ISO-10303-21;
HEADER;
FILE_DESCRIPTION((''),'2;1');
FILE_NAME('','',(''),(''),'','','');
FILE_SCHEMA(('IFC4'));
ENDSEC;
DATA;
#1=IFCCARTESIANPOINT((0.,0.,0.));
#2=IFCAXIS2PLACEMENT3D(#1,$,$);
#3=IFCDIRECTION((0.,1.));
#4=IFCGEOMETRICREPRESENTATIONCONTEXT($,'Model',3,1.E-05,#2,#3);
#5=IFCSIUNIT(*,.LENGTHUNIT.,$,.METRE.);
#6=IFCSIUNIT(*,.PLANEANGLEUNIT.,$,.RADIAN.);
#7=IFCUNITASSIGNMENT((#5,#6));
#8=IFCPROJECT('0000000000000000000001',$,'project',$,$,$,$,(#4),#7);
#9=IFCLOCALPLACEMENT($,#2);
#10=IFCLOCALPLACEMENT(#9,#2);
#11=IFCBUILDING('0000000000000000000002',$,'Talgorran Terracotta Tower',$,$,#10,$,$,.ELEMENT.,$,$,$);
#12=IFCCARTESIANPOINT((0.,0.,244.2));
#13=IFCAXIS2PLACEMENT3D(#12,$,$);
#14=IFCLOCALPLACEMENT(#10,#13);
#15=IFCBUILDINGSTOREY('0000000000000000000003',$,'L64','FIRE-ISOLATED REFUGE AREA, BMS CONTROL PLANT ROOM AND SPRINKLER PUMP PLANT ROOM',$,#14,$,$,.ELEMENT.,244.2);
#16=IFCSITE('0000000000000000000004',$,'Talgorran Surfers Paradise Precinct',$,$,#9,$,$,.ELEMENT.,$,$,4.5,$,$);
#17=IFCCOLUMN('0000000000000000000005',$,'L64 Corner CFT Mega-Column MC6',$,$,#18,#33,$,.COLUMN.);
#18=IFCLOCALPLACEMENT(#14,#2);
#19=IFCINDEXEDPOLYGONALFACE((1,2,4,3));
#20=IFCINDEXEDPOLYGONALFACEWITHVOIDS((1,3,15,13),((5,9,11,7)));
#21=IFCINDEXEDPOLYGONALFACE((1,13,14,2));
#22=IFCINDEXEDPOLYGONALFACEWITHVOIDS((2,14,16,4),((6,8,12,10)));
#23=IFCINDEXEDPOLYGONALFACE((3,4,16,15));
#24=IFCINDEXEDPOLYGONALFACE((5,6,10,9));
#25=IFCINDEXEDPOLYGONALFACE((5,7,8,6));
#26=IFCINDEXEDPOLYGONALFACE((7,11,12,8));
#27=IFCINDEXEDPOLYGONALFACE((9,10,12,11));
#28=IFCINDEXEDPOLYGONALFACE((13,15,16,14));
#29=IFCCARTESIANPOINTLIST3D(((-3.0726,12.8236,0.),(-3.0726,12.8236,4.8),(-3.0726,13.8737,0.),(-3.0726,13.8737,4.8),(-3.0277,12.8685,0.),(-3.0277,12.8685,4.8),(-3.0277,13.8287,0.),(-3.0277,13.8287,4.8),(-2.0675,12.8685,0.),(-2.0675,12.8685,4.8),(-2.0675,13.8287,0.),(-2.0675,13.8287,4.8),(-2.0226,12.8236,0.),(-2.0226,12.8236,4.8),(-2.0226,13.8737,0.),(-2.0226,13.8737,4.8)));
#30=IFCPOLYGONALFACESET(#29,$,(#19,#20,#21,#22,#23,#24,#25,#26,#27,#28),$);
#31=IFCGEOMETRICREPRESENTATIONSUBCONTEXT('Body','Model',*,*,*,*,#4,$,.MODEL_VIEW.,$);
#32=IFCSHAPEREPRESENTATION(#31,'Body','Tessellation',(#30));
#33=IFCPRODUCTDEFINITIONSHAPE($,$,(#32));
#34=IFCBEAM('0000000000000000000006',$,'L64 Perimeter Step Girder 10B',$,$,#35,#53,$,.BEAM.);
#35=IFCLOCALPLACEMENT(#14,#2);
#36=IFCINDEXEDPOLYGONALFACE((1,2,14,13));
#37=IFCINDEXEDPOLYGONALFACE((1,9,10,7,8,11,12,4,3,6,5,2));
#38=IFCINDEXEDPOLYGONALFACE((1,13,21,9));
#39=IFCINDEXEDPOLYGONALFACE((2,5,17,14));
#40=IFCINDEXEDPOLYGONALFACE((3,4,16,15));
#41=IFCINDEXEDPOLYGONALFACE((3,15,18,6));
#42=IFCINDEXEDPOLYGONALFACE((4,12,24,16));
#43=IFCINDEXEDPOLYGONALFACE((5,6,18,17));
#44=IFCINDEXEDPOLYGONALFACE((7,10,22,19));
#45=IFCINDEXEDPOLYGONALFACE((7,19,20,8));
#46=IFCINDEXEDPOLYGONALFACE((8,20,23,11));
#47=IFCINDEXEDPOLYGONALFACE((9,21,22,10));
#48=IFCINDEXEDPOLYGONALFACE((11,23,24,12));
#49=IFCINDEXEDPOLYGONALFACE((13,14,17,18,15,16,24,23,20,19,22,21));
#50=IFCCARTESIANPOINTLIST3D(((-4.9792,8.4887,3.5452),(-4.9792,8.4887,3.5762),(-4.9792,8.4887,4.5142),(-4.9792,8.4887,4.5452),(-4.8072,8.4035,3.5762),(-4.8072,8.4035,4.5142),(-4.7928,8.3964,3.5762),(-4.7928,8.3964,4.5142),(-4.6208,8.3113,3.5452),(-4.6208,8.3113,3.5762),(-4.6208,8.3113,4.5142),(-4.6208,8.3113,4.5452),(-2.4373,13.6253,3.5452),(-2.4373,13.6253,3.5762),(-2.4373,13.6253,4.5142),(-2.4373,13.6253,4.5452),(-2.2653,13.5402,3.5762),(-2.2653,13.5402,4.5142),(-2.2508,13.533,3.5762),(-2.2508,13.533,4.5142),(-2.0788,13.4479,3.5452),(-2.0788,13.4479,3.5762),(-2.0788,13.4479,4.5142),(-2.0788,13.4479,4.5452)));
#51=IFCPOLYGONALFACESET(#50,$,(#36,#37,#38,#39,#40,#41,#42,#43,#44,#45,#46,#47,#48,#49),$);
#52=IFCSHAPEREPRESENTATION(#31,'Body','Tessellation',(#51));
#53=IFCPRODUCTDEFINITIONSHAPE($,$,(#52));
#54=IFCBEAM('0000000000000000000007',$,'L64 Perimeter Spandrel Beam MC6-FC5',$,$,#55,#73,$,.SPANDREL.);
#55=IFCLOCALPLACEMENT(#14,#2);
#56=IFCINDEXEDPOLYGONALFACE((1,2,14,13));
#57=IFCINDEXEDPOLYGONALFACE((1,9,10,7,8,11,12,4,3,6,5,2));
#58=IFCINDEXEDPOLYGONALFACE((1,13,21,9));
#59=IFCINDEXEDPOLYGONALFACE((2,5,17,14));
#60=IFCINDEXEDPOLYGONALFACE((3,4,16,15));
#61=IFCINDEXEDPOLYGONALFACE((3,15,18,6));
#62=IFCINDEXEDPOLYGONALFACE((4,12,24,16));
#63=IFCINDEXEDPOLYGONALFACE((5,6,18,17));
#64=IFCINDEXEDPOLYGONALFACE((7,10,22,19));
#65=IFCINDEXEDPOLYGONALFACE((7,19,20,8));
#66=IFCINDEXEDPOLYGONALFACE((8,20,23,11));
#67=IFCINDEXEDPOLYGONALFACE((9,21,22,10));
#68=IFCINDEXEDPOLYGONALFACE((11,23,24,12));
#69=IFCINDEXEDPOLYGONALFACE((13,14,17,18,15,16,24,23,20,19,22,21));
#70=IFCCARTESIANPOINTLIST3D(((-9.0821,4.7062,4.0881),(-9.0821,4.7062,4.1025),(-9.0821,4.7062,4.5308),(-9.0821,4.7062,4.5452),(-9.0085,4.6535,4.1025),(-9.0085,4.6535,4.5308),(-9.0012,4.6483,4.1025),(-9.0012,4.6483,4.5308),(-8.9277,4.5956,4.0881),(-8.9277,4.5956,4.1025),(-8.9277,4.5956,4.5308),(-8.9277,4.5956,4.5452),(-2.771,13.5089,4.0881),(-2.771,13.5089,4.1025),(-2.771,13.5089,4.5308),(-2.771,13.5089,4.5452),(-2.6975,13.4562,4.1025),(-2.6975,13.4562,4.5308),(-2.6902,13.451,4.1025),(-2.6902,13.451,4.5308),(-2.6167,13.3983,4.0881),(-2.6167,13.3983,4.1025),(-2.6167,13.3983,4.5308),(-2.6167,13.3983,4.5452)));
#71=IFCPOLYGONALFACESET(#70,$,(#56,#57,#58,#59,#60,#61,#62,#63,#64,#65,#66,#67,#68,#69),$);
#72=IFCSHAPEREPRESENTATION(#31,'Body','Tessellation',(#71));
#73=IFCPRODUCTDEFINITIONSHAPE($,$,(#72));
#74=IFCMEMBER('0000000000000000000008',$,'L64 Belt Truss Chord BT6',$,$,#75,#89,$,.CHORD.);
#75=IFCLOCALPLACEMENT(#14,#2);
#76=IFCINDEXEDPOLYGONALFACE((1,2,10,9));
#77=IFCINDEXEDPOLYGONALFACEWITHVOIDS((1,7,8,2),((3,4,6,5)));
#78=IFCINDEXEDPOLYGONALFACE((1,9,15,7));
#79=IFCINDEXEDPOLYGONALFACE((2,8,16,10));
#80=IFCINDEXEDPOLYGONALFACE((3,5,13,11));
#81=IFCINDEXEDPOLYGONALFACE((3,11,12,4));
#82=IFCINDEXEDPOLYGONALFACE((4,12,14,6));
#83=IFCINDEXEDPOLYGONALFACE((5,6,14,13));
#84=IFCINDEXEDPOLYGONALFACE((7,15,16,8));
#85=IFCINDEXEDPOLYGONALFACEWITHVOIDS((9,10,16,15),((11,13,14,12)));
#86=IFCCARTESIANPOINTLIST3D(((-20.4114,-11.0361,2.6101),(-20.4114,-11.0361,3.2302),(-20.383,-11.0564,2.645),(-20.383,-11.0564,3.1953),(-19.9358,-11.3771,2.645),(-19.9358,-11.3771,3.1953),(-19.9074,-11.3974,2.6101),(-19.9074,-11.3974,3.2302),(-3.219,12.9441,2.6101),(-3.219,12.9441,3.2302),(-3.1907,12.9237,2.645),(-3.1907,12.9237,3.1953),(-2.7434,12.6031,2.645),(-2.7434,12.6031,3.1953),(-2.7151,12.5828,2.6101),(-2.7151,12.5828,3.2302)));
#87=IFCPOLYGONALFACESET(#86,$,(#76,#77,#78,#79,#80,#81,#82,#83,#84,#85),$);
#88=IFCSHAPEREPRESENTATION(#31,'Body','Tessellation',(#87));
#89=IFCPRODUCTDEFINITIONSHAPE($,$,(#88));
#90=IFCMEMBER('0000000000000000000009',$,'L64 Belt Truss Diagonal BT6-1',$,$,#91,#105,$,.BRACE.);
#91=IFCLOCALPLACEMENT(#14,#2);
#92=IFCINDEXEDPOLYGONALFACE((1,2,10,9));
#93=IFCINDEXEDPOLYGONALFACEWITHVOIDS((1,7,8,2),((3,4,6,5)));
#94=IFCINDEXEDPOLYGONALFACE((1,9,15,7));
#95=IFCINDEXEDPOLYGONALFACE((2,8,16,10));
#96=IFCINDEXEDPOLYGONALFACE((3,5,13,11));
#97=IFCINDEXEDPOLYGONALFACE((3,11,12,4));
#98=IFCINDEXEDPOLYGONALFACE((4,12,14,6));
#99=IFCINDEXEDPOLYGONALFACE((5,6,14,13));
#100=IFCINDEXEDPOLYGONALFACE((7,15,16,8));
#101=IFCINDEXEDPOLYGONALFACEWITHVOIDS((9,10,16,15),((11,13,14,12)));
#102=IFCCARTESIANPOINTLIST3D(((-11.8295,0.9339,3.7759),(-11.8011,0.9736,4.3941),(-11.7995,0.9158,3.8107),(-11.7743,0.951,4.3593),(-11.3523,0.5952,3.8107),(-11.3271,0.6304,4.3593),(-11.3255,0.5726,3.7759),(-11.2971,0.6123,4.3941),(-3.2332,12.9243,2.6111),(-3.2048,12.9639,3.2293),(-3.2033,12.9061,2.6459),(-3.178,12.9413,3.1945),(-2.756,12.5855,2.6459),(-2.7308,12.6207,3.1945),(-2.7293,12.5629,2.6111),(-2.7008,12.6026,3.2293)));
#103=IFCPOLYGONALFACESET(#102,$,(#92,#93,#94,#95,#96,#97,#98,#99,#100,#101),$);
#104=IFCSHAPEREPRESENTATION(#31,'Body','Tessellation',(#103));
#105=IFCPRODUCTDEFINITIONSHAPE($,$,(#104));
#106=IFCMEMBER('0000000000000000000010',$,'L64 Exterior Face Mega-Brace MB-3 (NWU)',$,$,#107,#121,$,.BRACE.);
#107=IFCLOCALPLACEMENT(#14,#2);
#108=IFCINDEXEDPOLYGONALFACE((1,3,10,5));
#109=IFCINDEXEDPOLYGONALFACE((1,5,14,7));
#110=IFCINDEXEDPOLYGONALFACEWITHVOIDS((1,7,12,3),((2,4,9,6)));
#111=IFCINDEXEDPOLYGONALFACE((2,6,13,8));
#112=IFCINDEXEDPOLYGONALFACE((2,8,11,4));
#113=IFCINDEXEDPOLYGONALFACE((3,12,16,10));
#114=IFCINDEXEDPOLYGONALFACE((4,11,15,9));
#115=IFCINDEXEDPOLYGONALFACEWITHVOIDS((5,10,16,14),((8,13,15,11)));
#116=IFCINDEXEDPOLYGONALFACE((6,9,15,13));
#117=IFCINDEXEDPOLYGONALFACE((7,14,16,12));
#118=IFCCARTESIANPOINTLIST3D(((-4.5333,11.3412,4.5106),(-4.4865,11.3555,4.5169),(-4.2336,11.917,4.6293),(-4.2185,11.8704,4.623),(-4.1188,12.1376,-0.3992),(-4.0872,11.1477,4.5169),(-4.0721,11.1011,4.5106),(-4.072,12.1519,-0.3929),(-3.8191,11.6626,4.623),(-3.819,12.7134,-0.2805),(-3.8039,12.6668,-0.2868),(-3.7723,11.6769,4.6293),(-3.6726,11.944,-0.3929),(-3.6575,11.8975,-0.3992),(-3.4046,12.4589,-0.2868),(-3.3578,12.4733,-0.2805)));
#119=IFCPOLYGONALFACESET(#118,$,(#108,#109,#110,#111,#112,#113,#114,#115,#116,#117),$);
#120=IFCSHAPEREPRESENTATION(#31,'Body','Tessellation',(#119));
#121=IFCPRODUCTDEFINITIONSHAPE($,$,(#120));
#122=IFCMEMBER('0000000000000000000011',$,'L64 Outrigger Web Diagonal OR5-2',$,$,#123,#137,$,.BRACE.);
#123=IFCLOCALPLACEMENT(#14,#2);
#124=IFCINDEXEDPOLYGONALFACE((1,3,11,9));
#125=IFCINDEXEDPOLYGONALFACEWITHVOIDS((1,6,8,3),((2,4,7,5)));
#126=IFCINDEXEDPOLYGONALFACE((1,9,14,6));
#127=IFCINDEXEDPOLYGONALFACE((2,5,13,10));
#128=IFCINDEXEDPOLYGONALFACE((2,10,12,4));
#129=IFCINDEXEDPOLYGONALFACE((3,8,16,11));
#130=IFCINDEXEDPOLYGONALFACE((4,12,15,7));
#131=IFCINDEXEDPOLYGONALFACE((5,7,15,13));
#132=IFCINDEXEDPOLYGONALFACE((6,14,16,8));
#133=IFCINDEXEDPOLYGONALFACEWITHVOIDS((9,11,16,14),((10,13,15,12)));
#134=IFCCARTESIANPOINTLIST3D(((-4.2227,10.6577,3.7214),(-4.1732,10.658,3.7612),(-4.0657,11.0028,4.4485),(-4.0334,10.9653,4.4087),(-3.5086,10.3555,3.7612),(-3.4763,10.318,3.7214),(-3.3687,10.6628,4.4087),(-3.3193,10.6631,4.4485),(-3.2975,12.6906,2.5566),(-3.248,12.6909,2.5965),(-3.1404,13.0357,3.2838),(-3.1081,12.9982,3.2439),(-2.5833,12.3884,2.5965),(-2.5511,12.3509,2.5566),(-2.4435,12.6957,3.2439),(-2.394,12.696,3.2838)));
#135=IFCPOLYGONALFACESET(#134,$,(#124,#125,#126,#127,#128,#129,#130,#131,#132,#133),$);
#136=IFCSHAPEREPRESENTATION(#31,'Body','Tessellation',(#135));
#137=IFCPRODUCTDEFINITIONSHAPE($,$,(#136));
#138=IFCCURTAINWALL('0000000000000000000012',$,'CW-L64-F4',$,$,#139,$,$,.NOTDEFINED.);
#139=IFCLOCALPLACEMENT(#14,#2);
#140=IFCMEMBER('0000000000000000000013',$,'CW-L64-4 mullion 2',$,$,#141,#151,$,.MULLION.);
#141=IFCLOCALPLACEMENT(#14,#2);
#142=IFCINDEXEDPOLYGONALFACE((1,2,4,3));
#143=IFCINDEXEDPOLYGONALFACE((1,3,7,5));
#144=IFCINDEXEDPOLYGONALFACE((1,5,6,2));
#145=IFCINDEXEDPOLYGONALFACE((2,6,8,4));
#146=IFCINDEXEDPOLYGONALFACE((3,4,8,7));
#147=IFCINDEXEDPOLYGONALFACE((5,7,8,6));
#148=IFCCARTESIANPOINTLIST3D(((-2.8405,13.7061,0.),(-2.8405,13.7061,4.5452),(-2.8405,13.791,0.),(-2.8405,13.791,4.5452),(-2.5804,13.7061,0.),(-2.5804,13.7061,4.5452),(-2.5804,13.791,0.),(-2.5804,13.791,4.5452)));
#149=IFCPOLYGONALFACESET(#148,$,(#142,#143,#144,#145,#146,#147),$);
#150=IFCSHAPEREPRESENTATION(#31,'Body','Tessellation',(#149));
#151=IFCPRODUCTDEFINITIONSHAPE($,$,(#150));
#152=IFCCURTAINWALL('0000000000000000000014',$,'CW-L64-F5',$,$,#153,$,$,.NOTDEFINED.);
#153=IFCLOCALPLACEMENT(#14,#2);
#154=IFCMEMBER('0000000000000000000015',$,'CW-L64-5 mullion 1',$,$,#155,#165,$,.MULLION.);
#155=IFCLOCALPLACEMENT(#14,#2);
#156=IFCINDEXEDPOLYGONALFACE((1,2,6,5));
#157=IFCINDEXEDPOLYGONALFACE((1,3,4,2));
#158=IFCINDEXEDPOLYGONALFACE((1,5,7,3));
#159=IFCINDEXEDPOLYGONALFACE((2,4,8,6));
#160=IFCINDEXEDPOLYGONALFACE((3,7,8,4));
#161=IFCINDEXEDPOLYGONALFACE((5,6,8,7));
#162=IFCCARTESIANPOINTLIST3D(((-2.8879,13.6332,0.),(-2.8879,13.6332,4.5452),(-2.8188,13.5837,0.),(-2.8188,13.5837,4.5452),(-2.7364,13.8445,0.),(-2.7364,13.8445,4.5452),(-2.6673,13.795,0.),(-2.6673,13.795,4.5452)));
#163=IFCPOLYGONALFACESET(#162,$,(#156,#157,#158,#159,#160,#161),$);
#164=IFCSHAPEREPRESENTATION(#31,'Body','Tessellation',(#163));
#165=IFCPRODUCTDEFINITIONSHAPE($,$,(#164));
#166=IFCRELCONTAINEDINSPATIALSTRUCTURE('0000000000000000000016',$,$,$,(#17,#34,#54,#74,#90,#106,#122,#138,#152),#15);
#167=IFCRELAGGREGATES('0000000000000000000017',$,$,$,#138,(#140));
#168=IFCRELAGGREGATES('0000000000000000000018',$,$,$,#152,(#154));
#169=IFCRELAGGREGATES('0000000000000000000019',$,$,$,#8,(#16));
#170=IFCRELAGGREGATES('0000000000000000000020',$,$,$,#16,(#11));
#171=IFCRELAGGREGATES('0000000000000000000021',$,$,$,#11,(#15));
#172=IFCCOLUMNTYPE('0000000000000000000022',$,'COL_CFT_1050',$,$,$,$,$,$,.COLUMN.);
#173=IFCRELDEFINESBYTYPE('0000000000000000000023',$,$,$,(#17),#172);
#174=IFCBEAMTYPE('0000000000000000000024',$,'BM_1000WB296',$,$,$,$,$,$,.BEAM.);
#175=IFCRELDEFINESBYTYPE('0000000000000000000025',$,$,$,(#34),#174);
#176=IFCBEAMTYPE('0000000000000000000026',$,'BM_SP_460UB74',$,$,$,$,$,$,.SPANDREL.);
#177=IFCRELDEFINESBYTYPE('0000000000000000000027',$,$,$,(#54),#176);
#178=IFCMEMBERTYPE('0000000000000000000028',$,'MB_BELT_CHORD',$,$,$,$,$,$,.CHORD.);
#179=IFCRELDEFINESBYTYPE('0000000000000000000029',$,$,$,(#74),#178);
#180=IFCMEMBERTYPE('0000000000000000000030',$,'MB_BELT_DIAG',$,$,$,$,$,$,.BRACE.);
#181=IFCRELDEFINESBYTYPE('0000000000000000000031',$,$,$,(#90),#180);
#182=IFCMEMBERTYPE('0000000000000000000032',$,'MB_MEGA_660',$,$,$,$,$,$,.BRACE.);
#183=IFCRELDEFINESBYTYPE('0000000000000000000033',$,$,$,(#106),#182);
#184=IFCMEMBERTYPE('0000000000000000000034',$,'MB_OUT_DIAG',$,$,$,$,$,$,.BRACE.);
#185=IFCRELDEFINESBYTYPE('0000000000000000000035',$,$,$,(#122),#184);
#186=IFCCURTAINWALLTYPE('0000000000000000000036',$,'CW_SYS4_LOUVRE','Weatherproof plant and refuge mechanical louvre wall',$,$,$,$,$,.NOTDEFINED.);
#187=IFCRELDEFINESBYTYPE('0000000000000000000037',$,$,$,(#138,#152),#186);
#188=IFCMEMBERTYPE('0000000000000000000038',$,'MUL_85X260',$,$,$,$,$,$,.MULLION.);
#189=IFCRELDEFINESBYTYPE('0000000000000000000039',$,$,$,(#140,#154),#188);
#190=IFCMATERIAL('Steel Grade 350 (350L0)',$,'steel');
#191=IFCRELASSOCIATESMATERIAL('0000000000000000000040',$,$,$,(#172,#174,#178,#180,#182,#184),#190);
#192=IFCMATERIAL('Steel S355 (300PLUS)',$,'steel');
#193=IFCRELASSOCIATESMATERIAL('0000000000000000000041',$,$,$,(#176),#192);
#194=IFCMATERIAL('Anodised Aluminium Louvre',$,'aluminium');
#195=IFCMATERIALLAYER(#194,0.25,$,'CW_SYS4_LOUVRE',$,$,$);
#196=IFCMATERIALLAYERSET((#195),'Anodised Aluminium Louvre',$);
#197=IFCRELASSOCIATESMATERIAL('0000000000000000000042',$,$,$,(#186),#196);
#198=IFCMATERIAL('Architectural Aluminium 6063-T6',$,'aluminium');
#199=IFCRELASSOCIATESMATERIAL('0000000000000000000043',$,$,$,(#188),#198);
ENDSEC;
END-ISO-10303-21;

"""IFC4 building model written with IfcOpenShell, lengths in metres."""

from ifc_helpers import new_model, si_unit, direction, frame, origin, origin_2d, place, context, subcontext, project, spatial, rectangle, hollow_rectangle, i_section, extrude, material, layer, layer_set, material_profile, profile_set, type_object, element, aggregate, save


model = new_model("IFC4")

# Units and contexts
model_context = context("Model", 3, precision=1e-05, world=origin(), true_north=direction((0.0, 1.0)))
body_context = subcontext(model_context, "Body", "Model", "MODEL_VIEW")
ifc_project = project(units=[si_unit("LENGTHUNIT", "METRE"), si_unit("PLANEANGLEUNIT", "RADIAN")], contexts=[model_context])

# Site, building, storey
site_placement = place(None, origin())
site = spatial("IfcSite", under=ifc_project, at=site_placement, Name="Talgorran Surfers Paradise Precinct", CompositionType="ELEMENT", RefElevation=4.5)
building_placement = place(site_placement, origin())
building = spatial("IfcBuilding", under=site, at=building_placement, Name="Talgorran Terracotta Tower", CompositionType="ELEMENT")
storey_placement = place(building_placement, frame((0.0, 0.0, 244.2)))
storey = spatial("IfcBuildingStorey", under=building, at=storey_placement, Name="L64", Description="FIRE-ISOLATED REFUGE AREA, BMS CONTROL PLANT ROOM AND SPRINKLER PUMP PLANT ROOM", CompositionType="ELEMENT", Elevation=244.2)

# Column
ifc_material_1 = material(Name="Steel Grade 350 (350L0)", Category="steel")
ifc_material_profile_1 = material_profile(ifc_material_1, hollow_rectangle(XDim=1.05, YDim=1.05, WallThickness=0.0449, at=origin_2d()), Name="CFT1050X1050X45")
ifc_profile_set_1 = profile_set([ifc_material_profile_1], Name="Steel Grade 350 (350L0)")
column_type = type_object("IfcColumnType", Name="COL_CFT_1050", PredefinedType="COLUMN", material=ifc_profile_set_1)
column_placement = place(storey_placement, frame((-2.5476, 13.3486, 0.0), z_axis=(0.0, 0.0, 1.0), x_axis=(1.0, 0.0, 0.0)))
element("IfcColumn", 1, at=column_placement, inside=storey, type_object=column_type, Name="L64 Corner CFT Mega-Column MC6", PredefinedType="COLUMN", context=body_context, shape_type="SweptSolid", body=[
    extrude(hollow_rectangle(XDim=1.05, YDim=1.05, WallThickness=0.0449, at=origin_2d()), origin(), (0.0, 0.0, 1.0), 4.8),
])

# Beams
ifc_material_profile_2 = material_profile(ifc_material_1, i_section(OverallWidth=0.3999, OverallDepth=1.0, WebThickness=0.0161, FlangeThickness=0.031, at=origin_2d()), Name="1000WB296")
ifc_profile_set_2 = profile_set([ifc_material_profile_2], Name="Steel Grade 350 (350L0)")
beam_type_1 = type_object("IfcBeamType", Name="BM_1000WB296", PredefinedType="BEAM", material=ifc_profile_set_2)
beam_1_placement = place(storey_placement, frame((-2.2581, 13.5366, 4.0452), z_axis=(-0.443529, -0.89626, 0.0), x_axis=(0.89626, -0.443529, 0.0)))
element("IfcBeam", 2, at=beam_1_placement, inside=storey, type_object=beam_type_1, Name="L64 Perimeter Step Girder 10B", PredefinedType="BEAM", context=body_context, shape_type="SweptSolid", body=[
    extrude(i_section(OverallWidth=0.3999, OverallDepth=1.0, WebThickness=0.0161, FlangeThickness=0.031, at=origin_2d()), origin(), (0.0, 0.0, 1.0), 5.7312),
])
ifc_material_2 = material(Name="Steel S355 (300PLUS)", Category="steel")
ifc_material_profile_3 = material_profile(ifc_material_2, i_section(OverallWidth=0.1899, OverallDepth=0.457, WebThickness=0.009, FlangeThickness=0.0144, at=origin_2d()), Name="460UB74.6")
ifc_profile_set_3 = profile_set([ifc_material_profile_3], Name="Steel S355 (300PLUS)")
beam_type_2 = type_object("IfcBeamType", Name="BM_SP_460UB74", PredefinedType="SPANDREL", material=ifc_profile_set_3)
beam_2_placement = place(storey_placement, frame((-2.6938, 13.4536, 4.3167), z_axis=(-0.582666, -0.812712, 0.0), x_axis=(0.812712, -0.582666, 0.0)))
element("IfcBeam", 3, at=beam_2_placement, inside=storey, type_object=beam_type_2, Name="L64 Perimeter Spandrel Beam MC6-FC5", PredefinedType="SPANDREL", context=body_context, shape_type="SweptSolid", body=[
    extrude(i_section(OverallWidth=0.1899, OverallDepth=0.457, WebThickness=0.009, FlangeThickness=0.0144, at=origin_2d()), origin(), (0.0, 0.0, 1.0), 10.8313),
])

# Members
ifc_material_profile_4 = material_profile(ifc_material_1, hollow_rectangle(XDim=0.6201, YDim=0.6201, WallThickness=0.0349, at=origin_2d()), Name="WBOX620X620X35")
ifc_profile_set_4 = profile_set([ifc_material_profile_4], Name="Steel Grade 350 (350L0)")
member_type_1 = type_object("IfcMemberType", Name="MB_BELT_CHORD", PredefinedType="CHORD", material=ifc_profile_set_4)
member_1_placement = place(storey_placement, frame((-2.967, 12.7634, 2.9202), z_axis=(-0.582666, -0.812712, 0.0), x_axis=(0.812712, -0.582666, 0.0)))
element("IfcMember", 4, at=member_1_placement, inside=storey, type_object=member_type_1, Name="L64 Belt Truss Chord BT6", PredefinedType="CHORD", context=body_context, shape_type="SweptSolid", body=[
    extrude(hollow_rectangle(XDim=0.6201, YDim=0.6201, WallThickness=0.0349, at=origin_2d()), origin(), (0.0, 0.0, 1.0), 29.5063),
])
ifc_material_profile_5 = material_profile(ifc_material_1, hollow_rectangle(XDim=0.6201, YDim=0.6201, WallThickness=0.0349, at=origin_2d()), Name="WBOX620X620X35")
ifc_profile_set_5 = profile_set([ifc_material_profile_5], Name="Steel Grade 350 (350L0)")
member_type_2 = type_object("IfcMemberType", Name="MB_BELT_DIAG", PredefinedType="BRACE", material=ifc_profile_set_5)
member_2_placement = place(storey_placement, frame((-2.967, 12.7634, 2.9202), z_axis=(-0.580854, -0.810194, 0.078706), x_axis=(0.812715, -0.582662, 0.0)))
element("IfcMember", 5, at=member_2_placement, inside=storey, type_object=member_type_2, Name="L64 Belt Truss Diagonal BT6-1", PredefinedType="BRACE", context=body_context, shape_type="SweptSolid", body=[
    extrude(hollow_rectangle(XDim=0.6201, YDim=0.6201, WallThickness=0.0349, at=origin_2d()), origin(), (0.0, 0.0, 1.0), 14.7993),
])
ifc_material_profile_6 = material_profile(ifc_material_1, hollow_rectangle(XDim=0.52, YDim=0.6599, WallThickness=0.0349, at=origin_2d()), Name="WBOX660X520X35")
ifc_profile_set_6 = profile_set([ifc_material_profile_6], Name="Steel Grade 350 (350L0)")
member_type_3 = type_object("IfcMemberType", Name="MB_MEGA_660", PredefinedType="BRACE", material=ifc_profile_set_6)
member_3_placement = place(storey_placement, frame((-3.7383, 12.3054, -0.3398), z_axis=(-0.083054, -0.159554, 0.983689), x_axis=(0.887021, -0.461729, 0.0)))
element("IfcMember", 6, at=member_3_placement, inside=storey, type_object=member_type_3, Name="L64 Exterior Face Mega-Brace MB-3 (NWU)", PredefinedType="BRACE", context=body_context, shape_type="SweptSolid", body=[
    extrude(hollow_rectangle(XDim=0.52, YDim=0.6599, WallThickness=0.0349, at=origin_2d()), origin(), (0.0, 0.0, 1.0), 4.9912),
])
ifc_material_profile_7 = material_profile(ifc_material_1, hollow_rectangle(XDim=0.8201, YDim=0.8201, WallThickness=0.0449, at=origin_2d()), Name="WBOX820X820X45")
ifc_profile_set_7 = profile_set([ifc_material_profile_7], Name="Steel Grade 350 (350L0)")
member_type_4 = type_object("IfcMemberType", Name="MB_OUT_DIAG", PredefinedType="BRACE", material=ifc_profile_set_7)
member_4_placement = place(storey_placement, frame((-3.771, 10.6604, 4.085), z_axis=(0.367312, 0.80702, -0.462386), x_axis=(-0.91016, 0.414256, 0.0)))
element("IfcMember", 7, at=member_4_placement, inside=storey, type_object=member_type_4, Name="L64 Outrigger Web Diagonal OR5-2", PredefinedType="BRACE", context=body_context, shape_type="SweptSolid", body=[
    extrude(hollow_rectangle(XDim=0.8201, YDim=0.8201, WallThickness=0.0449, at=origin_2d()), origin(), (0.0, 0.0, 1.0), 2.519),
])

# Curtain wall, member
ifc_material_3 = material(Name="Anodised Aluminium Louvre", Category="aluminium")
ifc_layer_1 = layer(ifc_material_3, 0.25, Name="CW_SYS4_LOUVRE")
ifc_layer_set_1 = layer_set([ifc_layer_1], Name="Anodised Aluminium Louvre")
curtain_wall_type = type_object("IfcCurtainWallType", Name="CW_SYS4_LOUVRE", Description="Weatherproof plant and refuge mechanical louvre wall", PredefinedType="NOTDEFINED", material=ifc_layer_set_1)
curtain_wall_1_placement = place(storey_placement, origin())
curtain_wall_1 = element("IfcCurtainWall", 8, at=curtain_wall_1_placement, inside=storey, type_object=curtain_wall_type, Name="CW-L64-F4", PredefinedType="NOTDEFINED")
ifc_material_4 = material(Name="Architectural Aluminium 6063-T6", Category="aluminium")
ifc_material_profile_8 = material_profile(ifc_material_4, rectangle(XDim=0.085, YDim=0.26, at=origin_2d()), Name="CWM85X260")
ifc_profile_set_8 = profile_set([ifc_material_profile_8], Name="Architectural Aluminium 6063-T6")
member_type_5 = type_object("IfcMemberType", Name="MUL_85X260", PredefinedType="MULLION", material=ifc_profile_set_8)
member_5_placement = place(storey_placement, frame((-2.7104, 13.7485, 0.0), z_axis=(0.0, 0.0, 1.0), x_axis=(0.0, -1.0, 0.0)))
member_5 = element("IfcMember", 9, at=member_5_placement, type_object=member_type_5, Name="CW-L64-4 mullion 2", PredefinedType="MULLION", context=body_context, shape_type="SweptSolid", body=[
    extrude(rectangle(XDim=0.085, YDim=0.26, at=origin_2d()), origin(), (0.0, 0.0, 1.0), 4.5452),
])
aggregate(curtain_wall_1, [member_5])

# Curtain wall, member
curtain_wall_2_placement = place(storey_placement, origin())
curtain_wall_2 = element("IfcCurtainWall", 10, at=curtain_wall_2_placement, inside=storey, type_object=curtain_wall_type, Name="CW-L64-F5", PredefinedType="NOTDEFINED")
member_6_placement = place(storey_placement, frame((-2.7776, 13.7141, 0.0), z_axis=(0.0, 0.0, 1.0), x_axis=(0.812713, -0.582665, 0.0)))
member_6 = element("IfcMember", 11, at=member_6_placement, type_object=member_type_5, Name="CW-L64-5 mullion 1", PredefinedType="MULLION", context=body_context, shape_type="SweptSolid", body=[
    extrude(rectangle(XDim=0.085, YDim=0.26, at=origin_2d()), origin(), (0.0, 0.0, 1.0), 4.5452),
])

aggregate(curtain_wall_2, [member_6])

save(model, "model.ifc")
